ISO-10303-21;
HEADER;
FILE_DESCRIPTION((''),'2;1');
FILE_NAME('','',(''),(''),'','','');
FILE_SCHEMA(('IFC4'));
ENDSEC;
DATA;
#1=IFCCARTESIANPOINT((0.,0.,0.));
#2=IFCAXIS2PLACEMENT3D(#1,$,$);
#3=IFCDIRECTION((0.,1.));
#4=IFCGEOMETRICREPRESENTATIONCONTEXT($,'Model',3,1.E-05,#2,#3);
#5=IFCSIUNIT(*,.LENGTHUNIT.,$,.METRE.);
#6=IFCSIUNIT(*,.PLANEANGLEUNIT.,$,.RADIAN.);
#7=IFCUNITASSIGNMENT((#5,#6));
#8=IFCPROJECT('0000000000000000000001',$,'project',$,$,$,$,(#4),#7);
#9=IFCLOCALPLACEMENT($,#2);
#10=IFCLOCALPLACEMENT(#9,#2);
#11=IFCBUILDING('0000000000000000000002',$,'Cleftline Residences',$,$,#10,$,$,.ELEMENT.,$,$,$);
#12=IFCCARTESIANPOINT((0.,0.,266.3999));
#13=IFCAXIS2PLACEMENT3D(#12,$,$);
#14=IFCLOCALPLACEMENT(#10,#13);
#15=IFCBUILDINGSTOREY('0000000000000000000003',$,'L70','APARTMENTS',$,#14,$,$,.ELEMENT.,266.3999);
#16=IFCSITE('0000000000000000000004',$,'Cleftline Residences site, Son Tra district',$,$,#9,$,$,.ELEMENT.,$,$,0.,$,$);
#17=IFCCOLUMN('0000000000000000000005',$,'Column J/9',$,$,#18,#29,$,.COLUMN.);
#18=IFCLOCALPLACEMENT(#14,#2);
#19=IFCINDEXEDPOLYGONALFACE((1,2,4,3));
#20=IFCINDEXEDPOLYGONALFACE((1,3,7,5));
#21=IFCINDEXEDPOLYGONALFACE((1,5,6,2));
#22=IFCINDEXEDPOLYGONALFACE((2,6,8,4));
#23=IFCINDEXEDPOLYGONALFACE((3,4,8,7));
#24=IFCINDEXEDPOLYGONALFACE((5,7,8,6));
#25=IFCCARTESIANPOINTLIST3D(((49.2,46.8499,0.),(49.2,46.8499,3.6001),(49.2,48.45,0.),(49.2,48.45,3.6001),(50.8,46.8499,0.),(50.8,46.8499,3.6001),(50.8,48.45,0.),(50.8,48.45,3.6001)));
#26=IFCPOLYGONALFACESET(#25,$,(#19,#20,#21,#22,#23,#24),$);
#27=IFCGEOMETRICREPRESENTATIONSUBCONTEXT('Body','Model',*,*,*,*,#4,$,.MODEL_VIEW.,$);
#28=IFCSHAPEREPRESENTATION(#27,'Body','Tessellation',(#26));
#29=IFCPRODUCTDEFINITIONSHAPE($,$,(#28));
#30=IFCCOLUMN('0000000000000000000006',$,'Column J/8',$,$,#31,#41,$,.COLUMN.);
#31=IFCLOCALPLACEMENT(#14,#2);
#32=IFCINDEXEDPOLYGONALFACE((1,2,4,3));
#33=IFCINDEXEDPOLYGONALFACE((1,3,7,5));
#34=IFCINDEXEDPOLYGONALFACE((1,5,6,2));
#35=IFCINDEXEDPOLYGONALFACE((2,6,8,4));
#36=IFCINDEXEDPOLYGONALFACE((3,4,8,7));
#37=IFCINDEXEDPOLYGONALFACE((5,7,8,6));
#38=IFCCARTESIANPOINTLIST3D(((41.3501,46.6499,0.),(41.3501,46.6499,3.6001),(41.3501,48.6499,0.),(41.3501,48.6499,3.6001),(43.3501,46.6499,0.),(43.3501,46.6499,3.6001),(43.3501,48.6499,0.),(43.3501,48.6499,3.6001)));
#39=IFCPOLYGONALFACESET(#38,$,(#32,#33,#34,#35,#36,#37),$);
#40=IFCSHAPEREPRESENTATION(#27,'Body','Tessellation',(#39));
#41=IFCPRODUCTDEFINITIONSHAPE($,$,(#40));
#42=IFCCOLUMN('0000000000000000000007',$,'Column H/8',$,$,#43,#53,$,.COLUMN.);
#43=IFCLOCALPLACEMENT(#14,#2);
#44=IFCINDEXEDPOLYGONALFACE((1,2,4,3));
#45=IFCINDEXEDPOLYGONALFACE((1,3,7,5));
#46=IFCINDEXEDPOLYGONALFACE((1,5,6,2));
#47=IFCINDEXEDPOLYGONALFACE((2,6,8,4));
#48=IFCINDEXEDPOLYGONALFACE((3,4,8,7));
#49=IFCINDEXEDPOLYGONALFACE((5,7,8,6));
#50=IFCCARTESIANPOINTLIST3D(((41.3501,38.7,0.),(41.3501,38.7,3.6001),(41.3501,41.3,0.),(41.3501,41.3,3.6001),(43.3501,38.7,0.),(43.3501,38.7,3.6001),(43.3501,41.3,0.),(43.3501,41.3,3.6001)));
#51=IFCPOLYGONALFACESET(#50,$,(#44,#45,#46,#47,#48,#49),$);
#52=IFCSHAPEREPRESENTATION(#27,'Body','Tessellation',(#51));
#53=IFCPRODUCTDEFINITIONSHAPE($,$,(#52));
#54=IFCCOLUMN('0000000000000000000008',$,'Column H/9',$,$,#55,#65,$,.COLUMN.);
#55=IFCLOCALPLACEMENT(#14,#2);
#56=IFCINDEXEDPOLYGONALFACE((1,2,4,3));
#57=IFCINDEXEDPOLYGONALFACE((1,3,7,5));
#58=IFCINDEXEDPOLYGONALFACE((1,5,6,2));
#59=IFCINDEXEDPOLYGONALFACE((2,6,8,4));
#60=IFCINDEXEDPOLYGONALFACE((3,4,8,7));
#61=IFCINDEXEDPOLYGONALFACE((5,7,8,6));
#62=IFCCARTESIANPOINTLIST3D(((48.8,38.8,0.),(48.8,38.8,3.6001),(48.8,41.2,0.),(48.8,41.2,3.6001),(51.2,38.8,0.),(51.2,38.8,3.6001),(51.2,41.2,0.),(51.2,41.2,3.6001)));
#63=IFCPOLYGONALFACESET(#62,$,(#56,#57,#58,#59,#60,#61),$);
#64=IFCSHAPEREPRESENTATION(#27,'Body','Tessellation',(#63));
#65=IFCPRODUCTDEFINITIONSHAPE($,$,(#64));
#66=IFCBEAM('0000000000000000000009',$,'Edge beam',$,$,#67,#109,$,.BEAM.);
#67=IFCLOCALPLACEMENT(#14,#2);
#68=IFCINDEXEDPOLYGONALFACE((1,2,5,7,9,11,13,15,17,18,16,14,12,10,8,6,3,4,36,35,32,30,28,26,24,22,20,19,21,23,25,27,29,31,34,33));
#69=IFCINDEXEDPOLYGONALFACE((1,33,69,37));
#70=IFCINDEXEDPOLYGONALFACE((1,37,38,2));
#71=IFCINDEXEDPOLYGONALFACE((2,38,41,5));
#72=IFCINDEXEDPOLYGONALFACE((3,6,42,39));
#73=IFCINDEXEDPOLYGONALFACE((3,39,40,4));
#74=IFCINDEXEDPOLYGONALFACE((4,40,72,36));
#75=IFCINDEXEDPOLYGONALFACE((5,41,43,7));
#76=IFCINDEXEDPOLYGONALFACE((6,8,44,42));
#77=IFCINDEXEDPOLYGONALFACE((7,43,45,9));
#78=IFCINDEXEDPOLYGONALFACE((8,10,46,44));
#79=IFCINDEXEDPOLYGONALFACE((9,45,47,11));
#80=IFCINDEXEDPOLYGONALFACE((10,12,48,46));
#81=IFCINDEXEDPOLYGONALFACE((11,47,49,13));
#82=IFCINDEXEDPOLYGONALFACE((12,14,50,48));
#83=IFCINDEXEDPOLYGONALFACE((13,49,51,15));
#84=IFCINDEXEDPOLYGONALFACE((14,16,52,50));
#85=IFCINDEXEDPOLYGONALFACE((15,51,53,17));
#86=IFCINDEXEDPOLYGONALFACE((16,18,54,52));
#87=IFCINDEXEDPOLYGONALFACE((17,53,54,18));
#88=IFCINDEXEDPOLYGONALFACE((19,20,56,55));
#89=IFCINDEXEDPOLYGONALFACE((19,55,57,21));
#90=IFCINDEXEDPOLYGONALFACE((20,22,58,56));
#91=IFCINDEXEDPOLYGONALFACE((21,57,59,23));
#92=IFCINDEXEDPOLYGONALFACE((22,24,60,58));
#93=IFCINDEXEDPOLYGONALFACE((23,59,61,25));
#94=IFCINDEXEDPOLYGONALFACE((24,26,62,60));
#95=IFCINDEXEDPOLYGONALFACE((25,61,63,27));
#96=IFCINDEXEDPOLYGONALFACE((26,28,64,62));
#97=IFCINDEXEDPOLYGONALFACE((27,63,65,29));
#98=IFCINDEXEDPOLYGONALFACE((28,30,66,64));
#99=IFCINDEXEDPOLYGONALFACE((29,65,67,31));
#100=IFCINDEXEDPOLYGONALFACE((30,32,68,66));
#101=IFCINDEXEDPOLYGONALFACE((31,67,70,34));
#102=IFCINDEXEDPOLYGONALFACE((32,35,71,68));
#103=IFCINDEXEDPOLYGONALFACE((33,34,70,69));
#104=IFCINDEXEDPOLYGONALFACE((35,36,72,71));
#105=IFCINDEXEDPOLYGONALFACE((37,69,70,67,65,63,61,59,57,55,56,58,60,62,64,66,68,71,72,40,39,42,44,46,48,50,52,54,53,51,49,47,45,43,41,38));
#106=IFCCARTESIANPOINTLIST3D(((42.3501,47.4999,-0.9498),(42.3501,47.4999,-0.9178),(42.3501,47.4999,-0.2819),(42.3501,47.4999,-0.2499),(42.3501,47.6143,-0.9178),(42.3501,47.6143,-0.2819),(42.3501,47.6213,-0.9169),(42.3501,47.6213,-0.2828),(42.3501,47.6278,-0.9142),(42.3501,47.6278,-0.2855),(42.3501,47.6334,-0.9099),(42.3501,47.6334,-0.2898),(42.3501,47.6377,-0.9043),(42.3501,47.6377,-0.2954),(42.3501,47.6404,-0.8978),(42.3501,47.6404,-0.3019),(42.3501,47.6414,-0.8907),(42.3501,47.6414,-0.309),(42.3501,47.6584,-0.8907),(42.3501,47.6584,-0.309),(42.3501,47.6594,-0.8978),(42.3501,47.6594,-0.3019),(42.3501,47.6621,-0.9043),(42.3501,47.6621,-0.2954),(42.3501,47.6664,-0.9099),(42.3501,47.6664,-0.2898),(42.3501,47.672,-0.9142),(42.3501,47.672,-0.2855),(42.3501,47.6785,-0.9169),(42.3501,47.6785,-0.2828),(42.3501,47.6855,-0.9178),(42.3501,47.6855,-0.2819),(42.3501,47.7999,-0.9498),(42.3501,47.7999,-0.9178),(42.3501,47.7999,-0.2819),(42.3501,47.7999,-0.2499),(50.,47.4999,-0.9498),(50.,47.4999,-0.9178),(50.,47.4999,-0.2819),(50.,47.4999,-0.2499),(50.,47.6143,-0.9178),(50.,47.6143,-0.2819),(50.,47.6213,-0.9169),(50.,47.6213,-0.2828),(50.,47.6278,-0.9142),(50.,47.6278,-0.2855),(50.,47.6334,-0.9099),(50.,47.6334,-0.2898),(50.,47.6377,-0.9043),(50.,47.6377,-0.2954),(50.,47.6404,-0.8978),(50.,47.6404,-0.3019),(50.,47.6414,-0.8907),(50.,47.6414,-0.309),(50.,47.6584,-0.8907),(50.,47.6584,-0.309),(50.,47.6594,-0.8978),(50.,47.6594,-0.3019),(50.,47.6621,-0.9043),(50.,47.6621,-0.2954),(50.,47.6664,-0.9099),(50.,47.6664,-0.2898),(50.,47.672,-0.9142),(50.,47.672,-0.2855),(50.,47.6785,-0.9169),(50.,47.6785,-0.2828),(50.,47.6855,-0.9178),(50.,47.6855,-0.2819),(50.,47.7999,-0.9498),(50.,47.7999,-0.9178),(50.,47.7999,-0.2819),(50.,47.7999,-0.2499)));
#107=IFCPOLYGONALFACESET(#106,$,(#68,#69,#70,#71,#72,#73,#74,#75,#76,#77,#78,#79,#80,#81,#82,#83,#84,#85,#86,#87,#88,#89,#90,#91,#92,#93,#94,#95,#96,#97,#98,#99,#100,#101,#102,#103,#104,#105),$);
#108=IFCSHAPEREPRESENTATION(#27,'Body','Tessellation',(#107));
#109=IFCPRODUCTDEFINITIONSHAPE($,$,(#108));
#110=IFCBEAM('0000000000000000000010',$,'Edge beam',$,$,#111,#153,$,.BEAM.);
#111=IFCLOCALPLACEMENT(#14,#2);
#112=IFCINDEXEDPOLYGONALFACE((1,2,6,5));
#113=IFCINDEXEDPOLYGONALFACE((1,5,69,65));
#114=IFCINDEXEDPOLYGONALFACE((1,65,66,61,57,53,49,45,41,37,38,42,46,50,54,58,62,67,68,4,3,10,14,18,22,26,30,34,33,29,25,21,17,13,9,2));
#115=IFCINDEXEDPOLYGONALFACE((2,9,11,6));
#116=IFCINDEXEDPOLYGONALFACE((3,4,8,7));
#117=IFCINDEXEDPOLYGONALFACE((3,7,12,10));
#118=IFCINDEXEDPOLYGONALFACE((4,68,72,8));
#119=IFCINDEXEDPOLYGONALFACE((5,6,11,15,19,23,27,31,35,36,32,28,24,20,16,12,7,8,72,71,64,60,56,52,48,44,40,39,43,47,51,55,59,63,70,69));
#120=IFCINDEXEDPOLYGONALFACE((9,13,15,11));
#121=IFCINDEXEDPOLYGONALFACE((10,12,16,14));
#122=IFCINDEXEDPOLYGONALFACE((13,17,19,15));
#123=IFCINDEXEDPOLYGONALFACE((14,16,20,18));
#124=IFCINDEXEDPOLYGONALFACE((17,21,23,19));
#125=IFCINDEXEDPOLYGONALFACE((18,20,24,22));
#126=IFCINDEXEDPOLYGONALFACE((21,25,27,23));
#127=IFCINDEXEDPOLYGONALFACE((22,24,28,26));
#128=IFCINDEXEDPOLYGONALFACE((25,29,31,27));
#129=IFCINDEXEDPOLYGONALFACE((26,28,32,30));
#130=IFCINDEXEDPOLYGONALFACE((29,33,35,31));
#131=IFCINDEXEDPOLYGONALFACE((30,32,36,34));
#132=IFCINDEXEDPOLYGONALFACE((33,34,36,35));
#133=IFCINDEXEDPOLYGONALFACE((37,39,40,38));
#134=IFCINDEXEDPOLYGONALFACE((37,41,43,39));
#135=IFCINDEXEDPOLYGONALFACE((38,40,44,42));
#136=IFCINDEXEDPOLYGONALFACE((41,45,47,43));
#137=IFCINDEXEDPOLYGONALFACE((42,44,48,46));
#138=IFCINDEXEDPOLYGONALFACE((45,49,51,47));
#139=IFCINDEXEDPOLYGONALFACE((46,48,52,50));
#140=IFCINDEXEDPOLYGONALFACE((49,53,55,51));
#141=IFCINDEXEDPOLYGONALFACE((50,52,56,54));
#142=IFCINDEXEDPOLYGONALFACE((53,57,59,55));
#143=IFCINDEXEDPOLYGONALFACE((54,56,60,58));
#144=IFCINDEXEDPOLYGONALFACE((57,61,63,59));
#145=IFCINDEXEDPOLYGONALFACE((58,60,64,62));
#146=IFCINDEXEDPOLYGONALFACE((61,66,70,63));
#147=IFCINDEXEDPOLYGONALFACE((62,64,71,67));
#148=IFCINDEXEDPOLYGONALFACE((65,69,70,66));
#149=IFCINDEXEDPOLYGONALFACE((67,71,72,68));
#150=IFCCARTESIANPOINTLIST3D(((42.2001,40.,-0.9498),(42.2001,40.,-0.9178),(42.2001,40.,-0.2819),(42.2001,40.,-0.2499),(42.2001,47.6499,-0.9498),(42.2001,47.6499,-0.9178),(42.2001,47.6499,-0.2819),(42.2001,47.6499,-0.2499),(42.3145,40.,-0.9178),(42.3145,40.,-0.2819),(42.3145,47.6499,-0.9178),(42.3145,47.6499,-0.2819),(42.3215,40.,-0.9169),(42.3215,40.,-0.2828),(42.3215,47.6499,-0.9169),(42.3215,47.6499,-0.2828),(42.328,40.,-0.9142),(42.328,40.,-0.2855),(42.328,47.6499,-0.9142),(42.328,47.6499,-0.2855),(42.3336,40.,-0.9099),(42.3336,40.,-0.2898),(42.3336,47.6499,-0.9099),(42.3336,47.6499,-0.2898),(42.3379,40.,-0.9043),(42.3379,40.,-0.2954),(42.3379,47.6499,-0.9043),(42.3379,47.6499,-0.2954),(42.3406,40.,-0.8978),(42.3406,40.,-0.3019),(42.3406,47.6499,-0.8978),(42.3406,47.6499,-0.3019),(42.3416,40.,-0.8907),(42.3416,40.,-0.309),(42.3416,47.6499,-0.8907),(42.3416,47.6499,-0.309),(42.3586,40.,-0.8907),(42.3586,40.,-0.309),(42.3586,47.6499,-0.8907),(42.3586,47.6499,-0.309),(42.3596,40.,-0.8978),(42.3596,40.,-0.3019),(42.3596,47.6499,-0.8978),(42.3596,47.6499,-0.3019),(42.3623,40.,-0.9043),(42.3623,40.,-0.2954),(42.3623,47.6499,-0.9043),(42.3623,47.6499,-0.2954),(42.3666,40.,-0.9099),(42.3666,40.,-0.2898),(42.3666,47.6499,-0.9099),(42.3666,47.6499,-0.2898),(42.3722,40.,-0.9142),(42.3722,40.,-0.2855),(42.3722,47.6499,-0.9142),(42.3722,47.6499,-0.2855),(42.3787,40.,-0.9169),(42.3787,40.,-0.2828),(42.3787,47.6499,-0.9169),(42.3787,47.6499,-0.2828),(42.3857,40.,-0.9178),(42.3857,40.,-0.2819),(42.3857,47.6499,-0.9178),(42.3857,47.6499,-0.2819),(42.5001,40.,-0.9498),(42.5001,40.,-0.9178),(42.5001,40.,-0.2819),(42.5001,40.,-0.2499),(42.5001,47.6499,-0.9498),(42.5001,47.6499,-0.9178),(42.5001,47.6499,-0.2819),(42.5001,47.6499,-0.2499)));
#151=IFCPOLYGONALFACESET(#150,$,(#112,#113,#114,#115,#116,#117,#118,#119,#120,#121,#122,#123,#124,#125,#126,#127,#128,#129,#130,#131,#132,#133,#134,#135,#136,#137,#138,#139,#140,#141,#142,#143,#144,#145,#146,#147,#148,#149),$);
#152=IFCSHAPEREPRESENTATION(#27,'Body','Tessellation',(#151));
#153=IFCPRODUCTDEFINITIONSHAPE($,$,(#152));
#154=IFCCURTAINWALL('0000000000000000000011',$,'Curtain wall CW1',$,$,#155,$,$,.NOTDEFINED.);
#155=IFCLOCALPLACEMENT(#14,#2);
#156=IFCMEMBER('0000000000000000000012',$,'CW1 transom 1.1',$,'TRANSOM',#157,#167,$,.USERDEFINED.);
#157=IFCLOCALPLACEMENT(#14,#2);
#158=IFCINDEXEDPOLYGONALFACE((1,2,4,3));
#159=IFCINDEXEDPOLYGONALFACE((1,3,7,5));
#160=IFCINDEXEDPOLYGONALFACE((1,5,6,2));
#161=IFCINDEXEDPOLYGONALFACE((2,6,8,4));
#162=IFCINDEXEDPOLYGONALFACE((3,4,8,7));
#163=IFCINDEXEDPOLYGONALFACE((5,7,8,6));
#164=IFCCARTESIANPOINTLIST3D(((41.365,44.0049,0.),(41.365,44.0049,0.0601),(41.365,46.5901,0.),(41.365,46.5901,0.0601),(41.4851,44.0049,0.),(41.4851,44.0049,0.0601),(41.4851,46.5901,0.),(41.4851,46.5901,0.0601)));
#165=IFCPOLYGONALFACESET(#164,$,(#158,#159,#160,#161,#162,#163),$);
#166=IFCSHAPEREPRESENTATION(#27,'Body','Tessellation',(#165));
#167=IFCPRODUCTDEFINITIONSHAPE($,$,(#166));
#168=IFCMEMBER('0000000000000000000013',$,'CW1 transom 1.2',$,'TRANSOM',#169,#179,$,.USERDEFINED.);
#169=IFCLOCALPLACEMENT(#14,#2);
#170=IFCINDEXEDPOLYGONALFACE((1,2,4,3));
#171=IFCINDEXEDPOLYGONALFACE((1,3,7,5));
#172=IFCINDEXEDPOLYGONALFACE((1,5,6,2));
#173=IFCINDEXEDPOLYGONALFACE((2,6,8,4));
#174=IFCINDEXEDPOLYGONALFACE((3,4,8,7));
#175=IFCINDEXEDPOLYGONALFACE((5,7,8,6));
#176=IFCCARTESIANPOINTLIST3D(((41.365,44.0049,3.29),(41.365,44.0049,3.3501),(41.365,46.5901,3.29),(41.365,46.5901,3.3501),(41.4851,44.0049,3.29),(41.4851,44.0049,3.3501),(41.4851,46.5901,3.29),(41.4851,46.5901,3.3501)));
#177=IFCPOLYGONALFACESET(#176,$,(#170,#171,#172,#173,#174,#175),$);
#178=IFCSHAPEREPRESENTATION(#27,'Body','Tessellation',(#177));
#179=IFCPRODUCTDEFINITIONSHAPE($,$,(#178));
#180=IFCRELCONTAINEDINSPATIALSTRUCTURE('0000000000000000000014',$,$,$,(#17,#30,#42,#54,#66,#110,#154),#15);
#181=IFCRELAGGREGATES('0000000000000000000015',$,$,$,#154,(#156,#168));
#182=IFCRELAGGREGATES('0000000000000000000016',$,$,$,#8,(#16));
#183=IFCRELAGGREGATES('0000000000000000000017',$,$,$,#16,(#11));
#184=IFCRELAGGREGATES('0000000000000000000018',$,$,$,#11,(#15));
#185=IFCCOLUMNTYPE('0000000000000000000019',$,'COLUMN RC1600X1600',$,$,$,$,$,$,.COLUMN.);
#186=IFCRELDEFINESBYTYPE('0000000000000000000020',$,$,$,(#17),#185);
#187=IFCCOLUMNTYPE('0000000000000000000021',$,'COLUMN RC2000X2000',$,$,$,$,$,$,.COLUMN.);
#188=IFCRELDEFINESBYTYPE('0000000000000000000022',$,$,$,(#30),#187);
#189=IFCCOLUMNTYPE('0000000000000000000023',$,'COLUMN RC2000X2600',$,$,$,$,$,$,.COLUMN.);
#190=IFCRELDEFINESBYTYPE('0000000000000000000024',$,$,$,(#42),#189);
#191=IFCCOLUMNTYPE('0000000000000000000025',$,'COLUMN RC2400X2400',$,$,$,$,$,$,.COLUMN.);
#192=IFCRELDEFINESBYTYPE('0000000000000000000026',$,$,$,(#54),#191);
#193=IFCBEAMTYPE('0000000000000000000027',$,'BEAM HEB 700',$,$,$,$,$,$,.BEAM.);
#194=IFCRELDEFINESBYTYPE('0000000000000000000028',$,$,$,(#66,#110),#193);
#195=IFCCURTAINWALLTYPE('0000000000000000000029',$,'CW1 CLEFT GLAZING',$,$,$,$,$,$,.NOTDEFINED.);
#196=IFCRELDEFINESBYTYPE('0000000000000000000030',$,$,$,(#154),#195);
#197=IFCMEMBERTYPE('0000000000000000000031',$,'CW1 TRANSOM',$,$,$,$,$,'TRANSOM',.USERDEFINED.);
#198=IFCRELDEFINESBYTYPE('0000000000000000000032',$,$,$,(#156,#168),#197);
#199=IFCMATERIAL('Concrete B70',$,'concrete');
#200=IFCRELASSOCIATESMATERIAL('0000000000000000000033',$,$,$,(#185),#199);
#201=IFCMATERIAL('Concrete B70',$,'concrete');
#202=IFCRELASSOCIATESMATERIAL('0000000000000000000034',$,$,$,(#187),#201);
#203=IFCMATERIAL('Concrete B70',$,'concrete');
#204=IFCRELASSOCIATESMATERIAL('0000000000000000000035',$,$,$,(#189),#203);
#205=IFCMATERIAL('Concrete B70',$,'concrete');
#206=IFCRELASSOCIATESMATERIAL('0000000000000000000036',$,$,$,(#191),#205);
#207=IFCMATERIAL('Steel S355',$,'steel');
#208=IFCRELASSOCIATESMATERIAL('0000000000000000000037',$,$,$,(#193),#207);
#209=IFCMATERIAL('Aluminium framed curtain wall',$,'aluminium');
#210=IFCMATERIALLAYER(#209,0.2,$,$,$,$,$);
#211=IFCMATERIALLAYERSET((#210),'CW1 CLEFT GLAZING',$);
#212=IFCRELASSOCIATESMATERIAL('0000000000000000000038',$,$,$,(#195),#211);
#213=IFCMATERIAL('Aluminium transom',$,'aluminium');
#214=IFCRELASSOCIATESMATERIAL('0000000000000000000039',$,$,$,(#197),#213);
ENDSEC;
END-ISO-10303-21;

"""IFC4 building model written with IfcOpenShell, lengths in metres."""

from ifc_helpers import new_model, si_unit, direction, frame, origin, origin_2d, place, context, subcontext, project, spatial, rectangle, i_section, extrude, material, layer, layer_set, material_profile, profile_set, type_object, element, aggregate, save


model = new_model("IFC4")

# Units and contexts
model_context = context("Model", 3, precision=1e-05, world=origin(), true_north=direction((0.0, 1.0)))
body_context = subcontext(model_context, "Body", "Model", "MODEL_VIEW")
ifc_project = project(units=[si_unit("LENGTHUNIT", "METRE"), si_unit("PLANEANGLEUNIT", "RADIAN")], contexts=[model_context])

# Site, building, storey
site_placement = place(None, origin())
site = spatial("IfcSite", under=ifc_project, at=site_placement, Name="Cleftline Residences site, Son Tra district", CompositionType="ELEMENT", RefElevation=0.0)
building_placement = place(site_placement, origin())
building = spatial("IfcBuilding", under=site, at=building_placement, Name="Cleftline Residences", CompositionType="ELEMENT")
storey_placement = place(building_placement, frame((0.0, 0.0, 266.3999)))
storey = spatial("IfcBuildingStorey", under=building, at=storey_placement, Name="L70", Description="APARTMENTS", CompositionType="ELEMENT", Elevation=266.3999)

# Columns
ifc_material_1 = material(Name="Concrete B70", Category="concrete")
ifc_material_profile_1 = material_profile(ifc_material_1, rectangle(XDim=1.6001, YDim=1.6001, at=origin_2d()))
ifc_profile_set_1 = profile_set([ifc_material_profile_1], Name="Concrete B70")
column_type_1 = type_object("IfcColumnType", Name="COLUMN RC1600X1600", PredefinedType="COLUMN", material=ifc_profile_set_1)
column_1_placement = place(storey_placement, frame((50.0, 47.6499, 0.0), z_axis=(0.0, 0.0, 1.0), x_axis=(1.0, 0.0, 0.0)))
element("IfcColumn", 1, at=column_1_placement, inside=storey, type_object=column_type_1, Name="Column J/9", PredefinedType="COLUMN", context=body_context, shape_type="SweptSolid", body=[
    extrude(rectangle(XDim=1.6001, YDim=1.6001, at=origin_2d()), origin(), (0.0, 0.0, 1.0), 3.6001),
])
ifc_material_2 = material(Name="Concrete B70", Category="concrete")
ifc_material_profile_2 = material_profile(ifc_material_2, rectangle(XDim=2.0, YDim=2.0, at=origin_2d()))
ifc_profile_set_2 = profile_set([ifc_material_profile_2], Name="Concrete B70")
column_type_2 = type_object("IfcColumnType", Name="COLUMN RC2000X2000", PredefinedType="COLUMN", material=ifc_profile_set_2)
column_2_placement = place(storey_placement, frame((42.3501, 47.6499, 0.0), z_axis=(0.0, 0.0, 1.0), x_axis=(1.0, 0.0, 0.0)))
element("IfcColumn", 2, at=column_2_placement, inside=storey, type_object=column_type_2, Name="Column J/8", PredefinedType="COLUMN", context=body_context, shape_type="SweptSolid", body=[
    extrude(rectangle(XDim=2.0, YDim=2.0, at=origin_2d()), origin(), (0.0, 0.0, 1.0), 3.6001),
])
ifc_material_3 = material(Name="Concrete B70", Category="concrete")
ifc_material_profile_3 = material_profile(ifc_material_3, rectangle(XDim=2.0, YDim=2.6001, at=origin_2d()))
ifc_profile_set_3 = profile_set([ifc_material_profile_3], Name="Concrete B70")
column_type_3 = type_object("IfcColumnType", Name="COLUMN RC2000X2600", PredefinedType="COLUMN", material=ifc_profile_set_3)
column_3_placement = place(storey_placement, frame((42.3501, 40.0, 0.0), z_axis=(0.0, 0.0, 1.0), x_axis=(1.0, 0.0, 0.0)))
element("IfcColumn", 3, at=column_3_placement, inside=storey, type_object=column_type_3, Name="Column H/8", PredefinedType="COLUMN", context=body_context, shape_type="SweptSolid", body=[
    extrude(rectangle(XDim=2.0, YDim=2.6001, at=origin_2d()), origin(), (0.0, 0.0, 1.0), 3.6001),
])
ifc_material_4 = material(Name="Concrete B70", Category="concrete")
ifc_material_profile_4 = material_profile(ifc_material_4, rectangle(XDim=2.3999, YDim=2.3999, at=origin_2d()))
ifc_profile_set_4 = profile_set([ifc_material_profile_4], Name="Concrete B70")
column_type_4 = type_object("IfcColumnType", Name="COLUMN RC2400X2400", PredefinedType="COLUMN", material=ifc_profile_set_4)
column_4_placement = place(storey_placement, frame((50.0, 40.0, 0.0), z_axis=(0.0, 0.0, 1.0), x_axis=(1.0, 0.0, 0.0)))
element("IfcColumn", 4, at=column_4_placement, inside=storey, type_object=column_type_4, Name="Column H/9", PredefinedType="COLUMN", context=body_context, shape_type="SweptSolid", body=[
    extrude(rectangle(XDim=2.3999, YDim=2.3999, at=origin_2d()), origin(), (0.0, 0.0, 1.0), 3.6001),
])

# Beams
ifc_material_5 = material(Name="Steel S355", Category="steel")
ifc_material_profile_5 = material_profile(ifc_material_5, i_section(OverallWidth=0.3, OverallDepth=0.7, WebThickness=0.0171, FlangeThickness=0.032, FilletRadius=0.0271, at=origin_2d()))
ifc_profile_set_5 = profile_set([ifc_material_profile_5], Name="Steel S355")
beam_type = type_object("IfcBeamType", Name="BEAM HEB 700", PredefinedType="BEAM", material=ifc_profile_set_5)
for number, where, z_axis, x_axis, name in (
    (5, (50.0, 47.6499, -0.5999), (-1.0, 0.0, 0.0), (0.0, -1.0, 0.0), "Edge beam"),
    (6, (42.3501, 47.6499, -0.5999), (0.0, -1.0, 0.0), (1.0, 0.0, 0.0), "Edge beam"),
):
    element("IfcBeam", number, at=place(storey_placement, frame(where, z_axis=z_axis, x_axis=x_axis)), inside=storey, type_object=beam_type, Name=name, PredefinedType="BEAM", context=body_context, shape_type="SweptSolid", body=[
        extrude(i_section(OverallWidth=0.3, OverallDepth=0.7, WebThickness=0.0171, FlangeThickness=0.032, FilletRadius=0.0271, at=origin_2d()), origin(), (0.0, 0.0, 1.0), 7.6499),
    ])

# Curtain wall, members
ifc_material_6 = material(Name="Aluminium framed curtain wall", Category="aluminium")
ifc_layer_1 = layer(ifc_material_6, 0.2)
ifc_layer_set_1 = layer_set([ifc_layer_1], Name="CW1 CLEFT GLAZING")
curtain_wall_type = type_object("IfcCurtainWallType", Name="CW1 CLEFT GLAZING", PredefinedType="NOTDEFINED", material=ifc_layer_set_1)
curtain_wall_placement = place(storey_placement, origin())
curtain_wall = element("IfcCurtainWall", 7, at=curtain_wall_placement, inside=storey, type_object=curtain_wall_type, Name="Curtain wall CW1", PredefinedType="NOTDEFINED")
ifc_material_7 = material(Name="Aluminium transom", Category="aluminium")
ifc_material_profile_6 = material_profile(ifc_material_7, rectangle(XDim=0.1201, YDim=0.0601, at=origin_2d()))
ifc_profile_set_6 = profile_set([ifc_material_profile_6], Name="Aluminium transom")
member_type = type_object("IfcMemberType", Name="CW1 TRANSOM", ElementType="TRANSOM", PredefinedType="USERDEFINED", material=ifc_profile_set_6)
member_1_placement = place(storey_placement, frame((41.425, 46.5901, 0.03), z_axis=(0.0, -1.0, 0.0), x_axis=(1.0, 0.0, 0.0)))
member_1 = element("IfcMember", 8, at=member_1_placement, type_object=member_type, Name="CW1 transom 1.1", ObjectType="TRANSOM", PredefinedType="USERDEFINED", context=body_context, shape_type="SweptSolid", body=[
    extrude(rectangle(XDim=0.1201, YDim=0.0601, at=origin_2d()), origin(), (0.0, 0.0, 1.0), 2.5852),
])
member_2_placement = place(storey_placement, frame((41.425, 46.5901, 3.3201), z_axis=(0.0, -1.0, 0.0), x_axis=(1.0, 0.0, 0.0)))
member_2 = element("IfcMember", 9, at=member_2_placement, type_object=member_type, Name="CW1 transom 1.2", ObjectType="TRANSOM", PredefinedType="USERDEFINED", context=body_context, shape_type="SweptSolid", body=[
    extrude(rectangle(XDim=0.1201, YDim=0.0601, at=origin_2d()), origin(), (0.0, 0.0, 1.0), 2.5852),
])
aggregate(curtain_wall, [member_1, member_2])

save(model, "model.ifc")
